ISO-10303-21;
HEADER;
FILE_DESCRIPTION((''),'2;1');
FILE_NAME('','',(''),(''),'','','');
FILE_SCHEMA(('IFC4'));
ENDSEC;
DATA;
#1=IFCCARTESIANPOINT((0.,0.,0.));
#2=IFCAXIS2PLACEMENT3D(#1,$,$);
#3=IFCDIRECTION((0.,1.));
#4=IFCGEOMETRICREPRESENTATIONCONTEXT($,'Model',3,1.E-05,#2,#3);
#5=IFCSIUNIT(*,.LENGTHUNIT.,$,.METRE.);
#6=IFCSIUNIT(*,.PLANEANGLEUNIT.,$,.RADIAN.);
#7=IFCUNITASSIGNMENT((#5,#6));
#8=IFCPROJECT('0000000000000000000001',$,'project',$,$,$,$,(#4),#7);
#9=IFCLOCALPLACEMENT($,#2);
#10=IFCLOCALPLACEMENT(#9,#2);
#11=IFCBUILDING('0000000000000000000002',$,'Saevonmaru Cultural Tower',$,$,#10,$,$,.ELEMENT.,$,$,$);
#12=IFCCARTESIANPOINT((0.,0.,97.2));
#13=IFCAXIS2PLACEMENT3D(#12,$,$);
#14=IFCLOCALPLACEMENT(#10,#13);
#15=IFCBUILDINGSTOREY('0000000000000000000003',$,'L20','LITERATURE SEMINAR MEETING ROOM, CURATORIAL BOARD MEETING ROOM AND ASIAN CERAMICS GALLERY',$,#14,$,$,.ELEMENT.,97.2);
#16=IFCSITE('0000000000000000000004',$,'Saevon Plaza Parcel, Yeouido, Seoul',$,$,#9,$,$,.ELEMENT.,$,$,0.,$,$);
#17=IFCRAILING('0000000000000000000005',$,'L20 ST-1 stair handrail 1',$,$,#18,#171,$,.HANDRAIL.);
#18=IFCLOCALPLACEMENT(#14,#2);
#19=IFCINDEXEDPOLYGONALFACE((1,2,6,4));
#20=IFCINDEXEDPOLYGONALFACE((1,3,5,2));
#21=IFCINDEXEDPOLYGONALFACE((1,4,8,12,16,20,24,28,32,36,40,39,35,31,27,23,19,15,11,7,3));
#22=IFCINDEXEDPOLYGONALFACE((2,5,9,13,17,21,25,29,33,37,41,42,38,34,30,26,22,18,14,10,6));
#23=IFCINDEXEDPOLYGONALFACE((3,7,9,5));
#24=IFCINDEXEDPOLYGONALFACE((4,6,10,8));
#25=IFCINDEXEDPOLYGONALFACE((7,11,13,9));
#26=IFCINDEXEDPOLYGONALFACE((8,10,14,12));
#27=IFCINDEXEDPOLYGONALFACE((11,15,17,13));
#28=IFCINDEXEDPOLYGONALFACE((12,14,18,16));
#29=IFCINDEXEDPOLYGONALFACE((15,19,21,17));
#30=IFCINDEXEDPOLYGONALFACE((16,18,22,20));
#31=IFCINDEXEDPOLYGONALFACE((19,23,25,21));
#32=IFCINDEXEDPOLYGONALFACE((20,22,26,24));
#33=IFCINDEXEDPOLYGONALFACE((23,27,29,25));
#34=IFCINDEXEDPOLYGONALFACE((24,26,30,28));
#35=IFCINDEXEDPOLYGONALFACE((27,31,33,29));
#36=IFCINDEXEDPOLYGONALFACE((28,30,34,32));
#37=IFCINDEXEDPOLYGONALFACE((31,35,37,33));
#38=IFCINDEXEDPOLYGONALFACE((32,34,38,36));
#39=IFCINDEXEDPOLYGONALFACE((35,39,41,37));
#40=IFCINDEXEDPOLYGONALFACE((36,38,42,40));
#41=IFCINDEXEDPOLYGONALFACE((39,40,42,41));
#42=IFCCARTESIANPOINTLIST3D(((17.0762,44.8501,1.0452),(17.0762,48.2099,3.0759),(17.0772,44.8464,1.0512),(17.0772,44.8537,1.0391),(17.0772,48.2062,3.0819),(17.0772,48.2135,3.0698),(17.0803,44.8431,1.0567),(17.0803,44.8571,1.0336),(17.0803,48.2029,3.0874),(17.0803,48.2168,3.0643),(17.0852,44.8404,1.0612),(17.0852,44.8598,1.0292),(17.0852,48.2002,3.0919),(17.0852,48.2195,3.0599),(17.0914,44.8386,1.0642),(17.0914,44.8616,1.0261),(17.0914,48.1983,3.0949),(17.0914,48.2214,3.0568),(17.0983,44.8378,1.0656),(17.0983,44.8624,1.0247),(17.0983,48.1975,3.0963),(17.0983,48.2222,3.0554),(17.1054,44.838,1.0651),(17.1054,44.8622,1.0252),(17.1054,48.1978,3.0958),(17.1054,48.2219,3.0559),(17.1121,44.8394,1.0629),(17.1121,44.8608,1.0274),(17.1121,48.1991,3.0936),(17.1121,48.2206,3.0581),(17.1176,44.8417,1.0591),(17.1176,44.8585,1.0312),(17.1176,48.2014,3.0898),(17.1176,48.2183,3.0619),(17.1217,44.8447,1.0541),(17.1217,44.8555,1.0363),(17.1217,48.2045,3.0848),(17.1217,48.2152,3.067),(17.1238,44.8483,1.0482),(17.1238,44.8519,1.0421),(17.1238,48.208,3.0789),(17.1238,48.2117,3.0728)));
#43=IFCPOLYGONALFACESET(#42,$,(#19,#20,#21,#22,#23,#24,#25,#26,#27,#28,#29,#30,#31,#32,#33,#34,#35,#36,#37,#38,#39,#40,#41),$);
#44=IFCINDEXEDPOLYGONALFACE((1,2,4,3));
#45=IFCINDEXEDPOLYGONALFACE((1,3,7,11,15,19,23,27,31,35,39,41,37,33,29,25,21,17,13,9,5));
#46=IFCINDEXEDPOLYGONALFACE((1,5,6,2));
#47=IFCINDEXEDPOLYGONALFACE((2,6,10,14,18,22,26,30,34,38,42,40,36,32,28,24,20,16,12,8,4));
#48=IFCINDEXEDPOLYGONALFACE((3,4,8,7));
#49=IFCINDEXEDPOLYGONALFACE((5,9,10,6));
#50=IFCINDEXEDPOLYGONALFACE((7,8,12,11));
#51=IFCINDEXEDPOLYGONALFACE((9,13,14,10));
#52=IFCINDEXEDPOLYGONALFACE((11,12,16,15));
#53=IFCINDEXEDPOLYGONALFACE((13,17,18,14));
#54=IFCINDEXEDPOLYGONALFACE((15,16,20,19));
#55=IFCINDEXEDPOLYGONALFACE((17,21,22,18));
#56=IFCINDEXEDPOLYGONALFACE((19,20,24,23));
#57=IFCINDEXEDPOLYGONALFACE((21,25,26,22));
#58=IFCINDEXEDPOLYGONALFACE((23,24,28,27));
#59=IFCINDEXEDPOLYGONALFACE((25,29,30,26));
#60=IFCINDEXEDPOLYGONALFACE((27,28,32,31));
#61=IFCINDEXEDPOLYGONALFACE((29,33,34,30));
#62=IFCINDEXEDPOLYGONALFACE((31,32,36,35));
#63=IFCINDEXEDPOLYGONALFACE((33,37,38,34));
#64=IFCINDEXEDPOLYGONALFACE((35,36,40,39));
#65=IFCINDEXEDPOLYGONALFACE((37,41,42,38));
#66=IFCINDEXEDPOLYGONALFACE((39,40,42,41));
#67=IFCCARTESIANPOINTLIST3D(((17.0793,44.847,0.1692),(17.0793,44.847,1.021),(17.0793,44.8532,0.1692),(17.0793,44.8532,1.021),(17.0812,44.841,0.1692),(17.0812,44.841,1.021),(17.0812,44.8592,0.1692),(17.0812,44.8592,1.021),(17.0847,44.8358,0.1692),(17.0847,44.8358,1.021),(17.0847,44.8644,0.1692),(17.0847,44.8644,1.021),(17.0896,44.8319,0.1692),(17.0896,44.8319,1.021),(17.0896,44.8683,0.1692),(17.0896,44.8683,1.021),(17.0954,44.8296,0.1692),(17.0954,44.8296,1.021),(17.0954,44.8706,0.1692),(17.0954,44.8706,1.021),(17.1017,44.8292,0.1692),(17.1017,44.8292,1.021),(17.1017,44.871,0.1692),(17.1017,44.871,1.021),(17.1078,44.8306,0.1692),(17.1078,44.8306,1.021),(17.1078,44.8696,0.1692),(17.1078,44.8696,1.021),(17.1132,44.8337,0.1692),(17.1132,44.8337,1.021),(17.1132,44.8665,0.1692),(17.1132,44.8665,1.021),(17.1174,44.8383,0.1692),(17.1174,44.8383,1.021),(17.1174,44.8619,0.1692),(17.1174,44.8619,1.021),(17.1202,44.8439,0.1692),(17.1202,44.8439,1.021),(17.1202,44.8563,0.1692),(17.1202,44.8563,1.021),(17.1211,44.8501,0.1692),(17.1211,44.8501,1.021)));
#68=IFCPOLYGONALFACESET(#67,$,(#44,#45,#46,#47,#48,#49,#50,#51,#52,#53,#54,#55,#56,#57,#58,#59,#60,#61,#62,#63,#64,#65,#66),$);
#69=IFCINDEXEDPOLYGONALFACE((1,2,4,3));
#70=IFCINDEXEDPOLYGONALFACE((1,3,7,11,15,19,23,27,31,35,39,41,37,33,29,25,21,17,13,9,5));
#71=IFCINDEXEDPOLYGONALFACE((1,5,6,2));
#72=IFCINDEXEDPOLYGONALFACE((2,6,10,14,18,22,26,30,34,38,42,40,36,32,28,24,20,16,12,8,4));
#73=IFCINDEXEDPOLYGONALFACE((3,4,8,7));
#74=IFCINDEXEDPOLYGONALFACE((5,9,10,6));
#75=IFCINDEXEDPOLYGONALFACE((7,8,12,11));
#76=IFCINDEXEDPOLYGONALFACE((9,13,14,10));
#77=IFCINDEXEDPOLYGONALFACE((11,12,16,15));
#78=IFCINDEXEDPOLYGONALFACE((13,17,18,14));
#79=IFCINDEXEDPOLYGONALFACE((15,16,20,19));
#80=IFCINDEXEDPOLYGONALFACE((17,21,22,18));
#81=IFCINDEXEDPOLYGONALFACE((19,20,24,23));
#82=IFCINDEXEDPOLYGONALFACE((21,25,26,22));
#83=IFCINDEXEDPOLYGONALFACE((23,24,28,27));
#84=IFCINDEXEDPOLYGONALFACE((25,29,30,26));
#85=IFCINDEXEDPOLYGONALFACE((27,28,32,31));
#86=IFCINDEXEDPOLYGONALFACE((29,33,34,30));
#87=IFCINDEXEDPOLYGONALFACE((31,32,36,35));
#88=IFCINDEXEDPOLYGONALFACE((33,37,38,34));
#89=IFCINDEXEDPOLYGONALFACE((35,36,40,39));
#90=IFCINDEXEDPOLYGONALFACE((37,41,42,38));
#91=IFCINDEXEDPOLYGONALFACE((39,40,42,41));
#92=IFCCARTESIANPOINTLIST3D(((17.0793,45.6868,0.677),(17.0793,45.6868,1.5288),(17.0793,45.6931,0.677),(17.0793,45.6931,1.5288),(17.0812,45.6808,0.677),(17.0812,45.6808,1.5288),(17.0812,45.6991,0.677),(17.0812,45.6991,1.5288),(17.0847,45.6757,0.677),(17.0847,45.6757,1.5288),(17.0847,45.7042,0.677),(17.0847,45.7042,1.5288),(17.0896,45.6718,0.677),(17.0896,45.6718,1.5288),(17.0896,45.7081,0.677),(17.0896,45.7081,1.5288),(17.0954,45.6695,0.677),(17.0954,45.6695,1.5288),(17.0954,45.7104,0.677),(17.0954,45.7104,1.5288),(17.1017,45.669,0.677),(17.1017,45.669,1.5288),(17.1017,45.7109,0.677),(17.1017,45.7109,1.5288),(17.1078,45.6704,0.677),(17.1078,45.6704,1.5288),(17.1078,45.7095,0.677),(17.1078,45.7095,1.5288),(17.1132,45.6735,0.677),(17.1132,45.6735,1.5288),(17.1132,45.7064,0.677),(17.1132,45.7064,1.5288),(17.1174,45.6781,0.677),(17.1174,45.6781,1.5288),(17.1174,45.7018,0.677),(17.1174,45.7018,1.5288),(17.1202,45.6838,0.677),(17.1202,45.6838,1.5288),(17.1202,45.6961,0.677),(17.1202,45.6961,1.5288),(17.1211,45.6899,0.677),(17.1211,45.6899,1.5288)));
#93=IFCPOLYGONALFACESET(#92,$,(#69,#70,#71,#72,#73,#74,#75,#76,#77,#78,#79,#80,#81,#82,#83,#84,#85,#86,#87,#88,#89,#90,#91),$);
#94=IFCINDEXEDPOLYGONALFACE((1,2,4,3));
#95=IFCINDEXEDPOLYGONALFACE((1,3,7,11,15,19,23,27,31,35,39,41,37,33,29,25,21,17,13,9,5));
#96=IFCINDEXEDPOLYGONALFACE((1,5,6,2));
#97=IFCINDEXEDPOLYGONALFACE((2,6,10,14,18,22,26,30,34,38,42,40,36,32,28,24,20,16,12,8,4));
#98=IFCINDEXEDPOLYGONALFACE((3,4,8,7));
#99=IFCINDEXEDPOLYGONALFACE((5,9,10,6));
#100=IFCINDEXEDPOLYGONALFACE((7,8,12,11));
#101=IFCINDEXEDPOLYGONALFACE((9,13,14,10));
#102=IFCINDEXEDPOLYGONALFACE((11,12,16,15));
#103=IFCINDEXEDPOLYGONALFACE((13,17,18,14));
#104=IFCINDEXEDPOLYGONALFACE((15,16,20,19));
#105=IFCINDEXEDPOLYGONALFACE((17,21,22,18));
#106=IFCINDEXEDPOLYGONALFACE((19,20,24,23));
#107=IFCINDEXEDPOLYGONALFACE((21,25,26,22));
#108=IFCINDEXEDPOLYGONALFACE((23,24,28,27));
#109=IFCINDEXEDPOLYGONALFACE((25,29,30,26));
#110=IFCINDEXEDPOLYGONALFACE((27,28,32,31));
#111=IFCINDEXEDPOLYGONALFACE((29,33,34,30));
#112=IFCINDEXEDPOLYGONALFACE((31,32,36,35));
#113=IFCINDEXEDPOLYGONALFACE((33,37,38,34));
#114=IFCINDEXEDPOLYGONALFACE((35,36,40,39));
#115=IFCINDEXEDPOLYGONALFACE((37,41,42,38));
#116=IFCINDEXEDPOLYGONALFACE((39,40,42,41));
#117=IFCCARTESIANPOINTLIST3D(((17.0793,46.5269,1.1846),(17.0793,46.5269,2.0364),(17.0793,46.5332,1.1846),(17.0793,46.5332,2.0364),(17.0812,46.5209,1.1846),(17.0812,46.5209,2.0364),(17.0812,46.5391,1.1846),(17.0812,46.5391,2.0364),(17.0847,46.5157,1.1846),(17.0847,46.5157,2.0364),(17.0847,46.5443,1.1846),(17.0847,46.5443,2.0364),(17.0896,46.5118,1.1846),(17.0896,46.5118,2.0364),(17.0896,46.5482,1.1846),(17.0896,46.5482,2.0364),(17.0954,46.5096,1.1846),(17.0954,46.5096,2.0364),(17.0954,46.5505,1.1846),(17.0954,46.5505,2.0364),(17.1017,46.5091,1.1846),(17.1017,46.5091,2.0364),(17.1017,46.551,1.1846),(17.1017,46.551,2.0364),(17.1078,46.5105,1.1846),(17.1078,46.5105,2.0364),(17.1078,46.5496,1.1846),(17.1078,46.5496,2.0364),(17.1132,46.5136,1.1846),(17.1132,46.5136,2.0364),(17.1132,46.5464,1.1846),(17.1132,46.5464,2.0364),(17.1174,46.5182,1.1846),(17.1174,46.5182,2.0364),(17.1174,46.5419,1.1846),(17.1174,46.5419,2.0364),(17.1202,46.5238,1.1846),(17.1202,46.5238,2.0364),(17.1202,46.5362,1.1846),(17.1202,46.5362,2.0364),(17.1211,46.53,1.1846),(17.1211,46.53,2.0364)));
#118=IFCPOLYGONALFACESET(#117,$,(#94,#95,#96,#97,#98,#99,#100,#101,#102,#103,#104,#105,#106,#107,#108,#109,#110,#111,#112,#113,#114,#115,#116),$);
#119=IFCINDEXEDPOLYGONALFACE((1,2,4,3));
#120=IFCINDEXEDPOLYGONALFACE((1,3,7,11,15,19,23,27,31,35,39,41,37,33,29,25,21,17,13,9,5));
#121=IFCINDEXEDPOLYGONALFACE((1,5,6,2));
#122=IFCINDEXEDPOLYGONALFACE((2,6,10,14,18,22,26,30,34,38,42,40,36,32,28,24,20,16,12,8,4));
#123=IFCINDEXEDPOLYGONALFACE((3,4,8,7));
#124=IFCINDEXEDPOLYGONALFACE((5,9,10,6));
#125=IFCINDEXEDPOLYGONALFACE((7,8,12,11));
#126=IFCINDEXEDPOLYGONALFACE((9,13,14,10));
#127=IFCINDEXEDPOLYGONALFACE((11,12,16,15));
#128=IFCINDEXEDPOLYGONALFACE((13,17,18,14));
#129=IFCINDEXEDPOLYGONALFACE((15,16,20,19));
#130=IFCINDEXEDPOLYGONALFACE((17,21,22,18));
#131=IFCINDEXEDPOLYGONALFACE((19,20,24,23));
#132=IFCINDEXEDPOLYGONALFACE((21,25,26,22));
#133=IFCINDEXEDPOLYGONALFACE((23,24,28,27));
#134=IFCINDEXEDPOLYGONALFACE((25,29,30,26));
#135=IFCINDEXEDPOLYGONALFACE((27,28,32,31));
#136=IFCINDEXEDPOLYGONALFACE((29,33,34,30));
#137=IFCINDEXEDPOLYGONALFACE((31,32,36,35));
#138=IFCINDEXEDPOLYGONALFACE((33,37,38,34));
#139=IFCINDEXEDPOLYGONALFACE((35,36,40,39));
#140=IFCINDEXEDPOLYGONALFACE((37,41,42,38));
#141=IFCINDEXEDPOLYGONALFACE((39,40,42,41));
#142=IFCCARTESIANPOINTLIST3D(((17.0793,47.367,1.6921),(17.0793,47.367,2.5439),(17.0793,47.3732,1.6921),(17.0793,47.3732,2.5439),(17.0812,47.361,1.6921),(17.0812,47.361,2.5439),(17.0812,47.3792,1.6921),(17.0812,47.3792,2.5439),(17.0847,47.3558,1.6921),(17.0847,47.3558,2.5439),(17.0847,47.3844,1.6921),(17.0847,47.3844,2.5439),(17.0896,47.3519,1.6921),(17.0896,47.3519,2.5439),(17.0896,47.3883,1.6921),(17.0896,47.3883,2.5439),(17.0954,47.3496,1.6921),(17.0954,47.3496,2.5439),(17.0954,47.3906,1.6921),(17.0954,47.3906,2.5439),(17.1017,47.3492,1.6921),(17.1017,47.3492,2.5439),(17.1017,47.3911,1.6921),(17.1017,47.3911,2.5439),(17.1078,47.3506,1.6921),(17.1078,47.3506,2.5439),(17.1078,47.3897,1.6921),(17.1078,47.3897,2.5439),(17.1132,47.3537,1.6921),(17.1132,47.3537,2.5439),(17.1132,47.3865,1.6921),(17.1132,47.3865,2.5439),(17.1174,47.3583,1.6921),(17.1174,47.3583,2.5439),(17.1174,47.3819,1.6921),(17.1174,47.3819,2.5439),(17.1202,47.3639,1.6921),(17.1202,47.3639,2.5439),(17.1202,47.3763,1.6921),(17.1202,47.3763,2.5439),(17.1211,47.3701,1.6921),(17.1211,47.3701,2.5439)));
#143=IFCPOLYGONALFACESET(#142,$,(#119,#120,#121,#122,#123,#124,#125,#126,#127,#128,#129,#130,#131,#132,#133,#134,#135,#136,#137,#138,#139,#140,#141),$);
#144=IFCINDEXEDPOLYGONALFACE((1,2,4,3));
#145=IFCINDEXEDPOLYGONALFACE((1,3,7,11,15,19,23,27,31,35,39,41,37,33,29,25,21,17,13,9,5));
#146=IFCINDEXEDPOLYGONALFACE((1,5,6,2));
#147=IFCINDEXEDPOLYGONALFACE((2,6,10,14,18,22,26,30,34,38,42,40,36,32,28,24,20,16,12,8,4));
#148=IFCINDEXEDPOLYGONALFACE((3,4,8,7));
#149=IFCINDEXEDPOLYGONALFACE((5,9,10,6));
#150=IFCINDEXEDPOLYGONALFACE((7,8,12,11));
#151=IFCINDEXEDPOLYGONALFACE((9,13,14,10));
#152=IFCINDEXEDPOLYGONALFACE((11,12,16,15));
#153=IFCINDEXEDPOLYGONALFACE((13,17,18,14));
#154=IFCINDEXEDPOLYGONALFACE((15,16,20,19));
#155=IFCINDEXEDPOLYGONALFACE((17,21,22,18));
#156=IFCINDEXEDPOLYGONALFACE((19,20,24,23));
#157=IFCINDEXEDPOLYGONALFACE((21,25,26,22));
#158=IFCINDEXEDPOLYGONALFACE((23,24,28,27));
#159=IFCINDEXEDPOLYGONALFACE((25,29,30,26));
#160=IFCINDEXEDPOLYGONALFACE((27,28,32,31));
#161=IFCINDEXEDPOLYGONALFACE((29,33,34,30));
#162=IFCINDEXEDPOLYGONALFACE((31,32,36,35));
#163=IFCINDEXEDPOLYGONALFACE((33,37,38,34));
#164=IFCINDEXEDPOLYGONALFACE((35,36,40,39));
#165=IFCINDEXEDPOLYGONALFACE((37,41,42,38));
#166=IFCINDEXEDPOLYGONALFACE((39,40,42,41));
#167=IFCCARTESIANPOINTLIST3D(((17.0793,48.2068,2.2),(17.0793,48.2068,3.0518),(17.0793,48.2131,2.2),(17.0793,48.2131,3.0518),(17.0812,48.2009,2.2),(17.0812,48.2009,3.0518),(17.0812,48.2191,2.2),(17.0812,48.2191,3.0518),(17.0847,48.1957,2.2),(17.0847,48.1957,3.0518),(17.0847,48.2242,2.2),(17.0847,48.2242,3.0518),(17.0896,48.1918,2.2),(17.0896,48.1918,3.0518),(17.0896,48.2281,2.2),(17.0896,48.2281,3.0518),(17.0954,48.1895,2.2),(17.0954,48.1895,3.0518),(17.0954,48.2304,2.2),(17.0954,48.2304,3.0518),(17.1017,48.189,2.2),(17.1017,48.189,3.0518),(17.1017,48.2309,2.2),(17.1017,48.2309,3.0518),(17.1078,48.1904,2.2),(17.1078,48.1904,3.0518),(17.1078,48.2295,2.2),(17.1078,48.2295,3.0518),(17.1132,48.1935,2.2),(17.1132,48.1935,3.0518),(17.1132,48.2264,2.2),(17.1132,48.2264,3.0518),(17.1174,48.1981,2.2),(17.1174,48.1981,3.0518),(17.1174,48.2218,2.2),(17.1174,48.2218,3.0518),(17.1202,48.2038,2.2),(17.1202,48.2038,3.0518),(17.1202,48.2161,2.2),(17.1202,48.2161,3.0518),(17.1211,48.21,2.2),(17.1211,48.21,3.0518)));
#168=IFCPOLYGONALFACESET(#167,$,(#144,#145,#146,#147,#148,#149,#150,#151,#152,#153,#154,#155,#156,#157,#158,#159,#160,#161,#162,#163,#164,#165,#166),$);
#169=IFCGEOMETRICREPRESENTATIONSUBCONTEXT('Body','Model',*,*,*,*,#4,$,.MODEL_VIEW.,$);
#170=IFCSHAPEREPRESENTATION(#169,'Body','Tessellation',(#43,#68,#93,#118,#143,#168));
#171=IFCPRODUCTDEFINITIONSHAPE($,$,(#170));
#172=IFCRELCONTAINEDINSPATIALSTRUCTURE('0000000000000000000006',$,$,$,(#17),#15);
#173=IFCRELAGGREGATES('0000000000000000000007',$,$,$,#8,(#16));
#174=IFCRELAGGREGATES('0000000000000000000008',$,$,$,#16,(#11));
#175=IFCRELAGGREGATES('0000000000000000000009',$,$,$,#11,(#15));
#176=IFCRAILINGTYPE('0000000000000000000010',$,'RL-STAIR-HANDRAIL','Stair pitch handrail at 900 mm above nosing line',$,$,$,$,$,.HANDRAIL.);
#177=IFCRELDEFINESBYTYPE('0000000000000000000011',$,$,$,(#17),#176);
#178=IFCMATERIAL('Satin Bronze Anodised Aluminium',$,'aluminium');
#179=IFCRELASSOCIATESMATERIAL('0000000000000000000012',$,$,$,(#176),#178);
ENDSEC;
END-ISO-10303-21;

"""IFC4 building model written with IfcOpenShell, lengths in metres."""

from ifc_helpers import new_model, si_unit, direction, frame, origin, origin_2d, place, context, subcontext, project, spatial, circle, extrude, material, type_object, element, save


model = new_model("IFC4")

# Units and contexts
model_context = context("Model", 3, precision=1e-05, world=origin(), true_north=direction((0.0, 1.0)))
body_context = subcontext(model_context, "Body", "Model", "MODEL_VIEW")
ifc_project = project(units=[si_unit("LENGTHUNIT", "METRE"), si_unit("PLANEANGLEUNIT", "RADIAN")], contexts=[model_context])

# Site, building, storey
site_placement = place(None, origin())
site = spatial("IfcSite", under=ifc_project, at=site_placement, Name="Saevon Plaza Parcel, Yeouido, Seoul", CompositionType="ELEMENT", RefElevation=0.0)
building_placement = place(site_placement, origin())
building = spatial("IfcBuilding", under=site, at=building_placement, Name="Saevonmaru Cultural Tower", CompositionType="ELEMENT")
storey_placement = place(building_placement, frame((0.0, 0.0, 97.2)))
storey = spatial("IfcBuildingStorey", under=building, at=storey_placement, Name="L20", Description="LITERATURE SEMINAR MEETING ROOM, CURATORIAL BOARD MEETING ROOM AND ASIAN CERAMICS GALLERY", CompositionType="ELEMENT", Elevation=97.2)

# Shared definitions
ifc_material_1 = material(Name="Satin Bronze Anodised Aluminium", Category="aluminium")

# Railing
railing_type_1 = type_object("IfcRailingType", Name="RL-STAIR-HANDRAIL", Description="Stair pitch handrail at 900 mm above nosing line", PredefinedType="HANDRAIL", material=ifc_material_1)
railing_1_placement = place(storey_placement, frame((17.1001, 44.8501, 0.1692)))
element("IfcRailing", 1, at=railing_1_placement, inside=storey, type_object=railing_type_1, Name="L20 ST-1 stair handrail 1", PredefinedType="HANDRAIL", context=body_context, shape_type="SweptSolid", body=[
    extrude(circle(Radius=0.0239, at=origin_2d()), frame((0.0, 0.0, 0.876), z_axis=(0.0, 0.85582, 0.517273), x_axis=(-1.0, 0.0, 0.0)), (0.0, 0.0, 1.0), 3.9258),
    extrude(circle(Radius=0.021, at=origin_2d()), origin(), (0.0, 0.0, 1.0), 0.8518),
    extrude(circle(Radius=0.021, at=origin_2d()), frame((0.0, 0.8398, 0.5078)), (0.0, 0.0, 1.0), 0.8518),
    extrude(circle(Radius=0.021, at=origin_2d()), frame((0.0, 1.6799, 1.0154)), (0.0, 0.0, 1.0), 0.8518),
    extrude(circle(Radius=0.021, at=origin_2d()), frame((0.0, 2.52, 1.5229)), (0.0, 0.0, 1.0), 0.8518),
    extrude(circle(Radius=0.021, at=origin_2d()), frame((0.0, 3.3599, 2.0308)), (0.0, 0.0, 1.0), 0.8518),
])

save(model, "model.ifc")
